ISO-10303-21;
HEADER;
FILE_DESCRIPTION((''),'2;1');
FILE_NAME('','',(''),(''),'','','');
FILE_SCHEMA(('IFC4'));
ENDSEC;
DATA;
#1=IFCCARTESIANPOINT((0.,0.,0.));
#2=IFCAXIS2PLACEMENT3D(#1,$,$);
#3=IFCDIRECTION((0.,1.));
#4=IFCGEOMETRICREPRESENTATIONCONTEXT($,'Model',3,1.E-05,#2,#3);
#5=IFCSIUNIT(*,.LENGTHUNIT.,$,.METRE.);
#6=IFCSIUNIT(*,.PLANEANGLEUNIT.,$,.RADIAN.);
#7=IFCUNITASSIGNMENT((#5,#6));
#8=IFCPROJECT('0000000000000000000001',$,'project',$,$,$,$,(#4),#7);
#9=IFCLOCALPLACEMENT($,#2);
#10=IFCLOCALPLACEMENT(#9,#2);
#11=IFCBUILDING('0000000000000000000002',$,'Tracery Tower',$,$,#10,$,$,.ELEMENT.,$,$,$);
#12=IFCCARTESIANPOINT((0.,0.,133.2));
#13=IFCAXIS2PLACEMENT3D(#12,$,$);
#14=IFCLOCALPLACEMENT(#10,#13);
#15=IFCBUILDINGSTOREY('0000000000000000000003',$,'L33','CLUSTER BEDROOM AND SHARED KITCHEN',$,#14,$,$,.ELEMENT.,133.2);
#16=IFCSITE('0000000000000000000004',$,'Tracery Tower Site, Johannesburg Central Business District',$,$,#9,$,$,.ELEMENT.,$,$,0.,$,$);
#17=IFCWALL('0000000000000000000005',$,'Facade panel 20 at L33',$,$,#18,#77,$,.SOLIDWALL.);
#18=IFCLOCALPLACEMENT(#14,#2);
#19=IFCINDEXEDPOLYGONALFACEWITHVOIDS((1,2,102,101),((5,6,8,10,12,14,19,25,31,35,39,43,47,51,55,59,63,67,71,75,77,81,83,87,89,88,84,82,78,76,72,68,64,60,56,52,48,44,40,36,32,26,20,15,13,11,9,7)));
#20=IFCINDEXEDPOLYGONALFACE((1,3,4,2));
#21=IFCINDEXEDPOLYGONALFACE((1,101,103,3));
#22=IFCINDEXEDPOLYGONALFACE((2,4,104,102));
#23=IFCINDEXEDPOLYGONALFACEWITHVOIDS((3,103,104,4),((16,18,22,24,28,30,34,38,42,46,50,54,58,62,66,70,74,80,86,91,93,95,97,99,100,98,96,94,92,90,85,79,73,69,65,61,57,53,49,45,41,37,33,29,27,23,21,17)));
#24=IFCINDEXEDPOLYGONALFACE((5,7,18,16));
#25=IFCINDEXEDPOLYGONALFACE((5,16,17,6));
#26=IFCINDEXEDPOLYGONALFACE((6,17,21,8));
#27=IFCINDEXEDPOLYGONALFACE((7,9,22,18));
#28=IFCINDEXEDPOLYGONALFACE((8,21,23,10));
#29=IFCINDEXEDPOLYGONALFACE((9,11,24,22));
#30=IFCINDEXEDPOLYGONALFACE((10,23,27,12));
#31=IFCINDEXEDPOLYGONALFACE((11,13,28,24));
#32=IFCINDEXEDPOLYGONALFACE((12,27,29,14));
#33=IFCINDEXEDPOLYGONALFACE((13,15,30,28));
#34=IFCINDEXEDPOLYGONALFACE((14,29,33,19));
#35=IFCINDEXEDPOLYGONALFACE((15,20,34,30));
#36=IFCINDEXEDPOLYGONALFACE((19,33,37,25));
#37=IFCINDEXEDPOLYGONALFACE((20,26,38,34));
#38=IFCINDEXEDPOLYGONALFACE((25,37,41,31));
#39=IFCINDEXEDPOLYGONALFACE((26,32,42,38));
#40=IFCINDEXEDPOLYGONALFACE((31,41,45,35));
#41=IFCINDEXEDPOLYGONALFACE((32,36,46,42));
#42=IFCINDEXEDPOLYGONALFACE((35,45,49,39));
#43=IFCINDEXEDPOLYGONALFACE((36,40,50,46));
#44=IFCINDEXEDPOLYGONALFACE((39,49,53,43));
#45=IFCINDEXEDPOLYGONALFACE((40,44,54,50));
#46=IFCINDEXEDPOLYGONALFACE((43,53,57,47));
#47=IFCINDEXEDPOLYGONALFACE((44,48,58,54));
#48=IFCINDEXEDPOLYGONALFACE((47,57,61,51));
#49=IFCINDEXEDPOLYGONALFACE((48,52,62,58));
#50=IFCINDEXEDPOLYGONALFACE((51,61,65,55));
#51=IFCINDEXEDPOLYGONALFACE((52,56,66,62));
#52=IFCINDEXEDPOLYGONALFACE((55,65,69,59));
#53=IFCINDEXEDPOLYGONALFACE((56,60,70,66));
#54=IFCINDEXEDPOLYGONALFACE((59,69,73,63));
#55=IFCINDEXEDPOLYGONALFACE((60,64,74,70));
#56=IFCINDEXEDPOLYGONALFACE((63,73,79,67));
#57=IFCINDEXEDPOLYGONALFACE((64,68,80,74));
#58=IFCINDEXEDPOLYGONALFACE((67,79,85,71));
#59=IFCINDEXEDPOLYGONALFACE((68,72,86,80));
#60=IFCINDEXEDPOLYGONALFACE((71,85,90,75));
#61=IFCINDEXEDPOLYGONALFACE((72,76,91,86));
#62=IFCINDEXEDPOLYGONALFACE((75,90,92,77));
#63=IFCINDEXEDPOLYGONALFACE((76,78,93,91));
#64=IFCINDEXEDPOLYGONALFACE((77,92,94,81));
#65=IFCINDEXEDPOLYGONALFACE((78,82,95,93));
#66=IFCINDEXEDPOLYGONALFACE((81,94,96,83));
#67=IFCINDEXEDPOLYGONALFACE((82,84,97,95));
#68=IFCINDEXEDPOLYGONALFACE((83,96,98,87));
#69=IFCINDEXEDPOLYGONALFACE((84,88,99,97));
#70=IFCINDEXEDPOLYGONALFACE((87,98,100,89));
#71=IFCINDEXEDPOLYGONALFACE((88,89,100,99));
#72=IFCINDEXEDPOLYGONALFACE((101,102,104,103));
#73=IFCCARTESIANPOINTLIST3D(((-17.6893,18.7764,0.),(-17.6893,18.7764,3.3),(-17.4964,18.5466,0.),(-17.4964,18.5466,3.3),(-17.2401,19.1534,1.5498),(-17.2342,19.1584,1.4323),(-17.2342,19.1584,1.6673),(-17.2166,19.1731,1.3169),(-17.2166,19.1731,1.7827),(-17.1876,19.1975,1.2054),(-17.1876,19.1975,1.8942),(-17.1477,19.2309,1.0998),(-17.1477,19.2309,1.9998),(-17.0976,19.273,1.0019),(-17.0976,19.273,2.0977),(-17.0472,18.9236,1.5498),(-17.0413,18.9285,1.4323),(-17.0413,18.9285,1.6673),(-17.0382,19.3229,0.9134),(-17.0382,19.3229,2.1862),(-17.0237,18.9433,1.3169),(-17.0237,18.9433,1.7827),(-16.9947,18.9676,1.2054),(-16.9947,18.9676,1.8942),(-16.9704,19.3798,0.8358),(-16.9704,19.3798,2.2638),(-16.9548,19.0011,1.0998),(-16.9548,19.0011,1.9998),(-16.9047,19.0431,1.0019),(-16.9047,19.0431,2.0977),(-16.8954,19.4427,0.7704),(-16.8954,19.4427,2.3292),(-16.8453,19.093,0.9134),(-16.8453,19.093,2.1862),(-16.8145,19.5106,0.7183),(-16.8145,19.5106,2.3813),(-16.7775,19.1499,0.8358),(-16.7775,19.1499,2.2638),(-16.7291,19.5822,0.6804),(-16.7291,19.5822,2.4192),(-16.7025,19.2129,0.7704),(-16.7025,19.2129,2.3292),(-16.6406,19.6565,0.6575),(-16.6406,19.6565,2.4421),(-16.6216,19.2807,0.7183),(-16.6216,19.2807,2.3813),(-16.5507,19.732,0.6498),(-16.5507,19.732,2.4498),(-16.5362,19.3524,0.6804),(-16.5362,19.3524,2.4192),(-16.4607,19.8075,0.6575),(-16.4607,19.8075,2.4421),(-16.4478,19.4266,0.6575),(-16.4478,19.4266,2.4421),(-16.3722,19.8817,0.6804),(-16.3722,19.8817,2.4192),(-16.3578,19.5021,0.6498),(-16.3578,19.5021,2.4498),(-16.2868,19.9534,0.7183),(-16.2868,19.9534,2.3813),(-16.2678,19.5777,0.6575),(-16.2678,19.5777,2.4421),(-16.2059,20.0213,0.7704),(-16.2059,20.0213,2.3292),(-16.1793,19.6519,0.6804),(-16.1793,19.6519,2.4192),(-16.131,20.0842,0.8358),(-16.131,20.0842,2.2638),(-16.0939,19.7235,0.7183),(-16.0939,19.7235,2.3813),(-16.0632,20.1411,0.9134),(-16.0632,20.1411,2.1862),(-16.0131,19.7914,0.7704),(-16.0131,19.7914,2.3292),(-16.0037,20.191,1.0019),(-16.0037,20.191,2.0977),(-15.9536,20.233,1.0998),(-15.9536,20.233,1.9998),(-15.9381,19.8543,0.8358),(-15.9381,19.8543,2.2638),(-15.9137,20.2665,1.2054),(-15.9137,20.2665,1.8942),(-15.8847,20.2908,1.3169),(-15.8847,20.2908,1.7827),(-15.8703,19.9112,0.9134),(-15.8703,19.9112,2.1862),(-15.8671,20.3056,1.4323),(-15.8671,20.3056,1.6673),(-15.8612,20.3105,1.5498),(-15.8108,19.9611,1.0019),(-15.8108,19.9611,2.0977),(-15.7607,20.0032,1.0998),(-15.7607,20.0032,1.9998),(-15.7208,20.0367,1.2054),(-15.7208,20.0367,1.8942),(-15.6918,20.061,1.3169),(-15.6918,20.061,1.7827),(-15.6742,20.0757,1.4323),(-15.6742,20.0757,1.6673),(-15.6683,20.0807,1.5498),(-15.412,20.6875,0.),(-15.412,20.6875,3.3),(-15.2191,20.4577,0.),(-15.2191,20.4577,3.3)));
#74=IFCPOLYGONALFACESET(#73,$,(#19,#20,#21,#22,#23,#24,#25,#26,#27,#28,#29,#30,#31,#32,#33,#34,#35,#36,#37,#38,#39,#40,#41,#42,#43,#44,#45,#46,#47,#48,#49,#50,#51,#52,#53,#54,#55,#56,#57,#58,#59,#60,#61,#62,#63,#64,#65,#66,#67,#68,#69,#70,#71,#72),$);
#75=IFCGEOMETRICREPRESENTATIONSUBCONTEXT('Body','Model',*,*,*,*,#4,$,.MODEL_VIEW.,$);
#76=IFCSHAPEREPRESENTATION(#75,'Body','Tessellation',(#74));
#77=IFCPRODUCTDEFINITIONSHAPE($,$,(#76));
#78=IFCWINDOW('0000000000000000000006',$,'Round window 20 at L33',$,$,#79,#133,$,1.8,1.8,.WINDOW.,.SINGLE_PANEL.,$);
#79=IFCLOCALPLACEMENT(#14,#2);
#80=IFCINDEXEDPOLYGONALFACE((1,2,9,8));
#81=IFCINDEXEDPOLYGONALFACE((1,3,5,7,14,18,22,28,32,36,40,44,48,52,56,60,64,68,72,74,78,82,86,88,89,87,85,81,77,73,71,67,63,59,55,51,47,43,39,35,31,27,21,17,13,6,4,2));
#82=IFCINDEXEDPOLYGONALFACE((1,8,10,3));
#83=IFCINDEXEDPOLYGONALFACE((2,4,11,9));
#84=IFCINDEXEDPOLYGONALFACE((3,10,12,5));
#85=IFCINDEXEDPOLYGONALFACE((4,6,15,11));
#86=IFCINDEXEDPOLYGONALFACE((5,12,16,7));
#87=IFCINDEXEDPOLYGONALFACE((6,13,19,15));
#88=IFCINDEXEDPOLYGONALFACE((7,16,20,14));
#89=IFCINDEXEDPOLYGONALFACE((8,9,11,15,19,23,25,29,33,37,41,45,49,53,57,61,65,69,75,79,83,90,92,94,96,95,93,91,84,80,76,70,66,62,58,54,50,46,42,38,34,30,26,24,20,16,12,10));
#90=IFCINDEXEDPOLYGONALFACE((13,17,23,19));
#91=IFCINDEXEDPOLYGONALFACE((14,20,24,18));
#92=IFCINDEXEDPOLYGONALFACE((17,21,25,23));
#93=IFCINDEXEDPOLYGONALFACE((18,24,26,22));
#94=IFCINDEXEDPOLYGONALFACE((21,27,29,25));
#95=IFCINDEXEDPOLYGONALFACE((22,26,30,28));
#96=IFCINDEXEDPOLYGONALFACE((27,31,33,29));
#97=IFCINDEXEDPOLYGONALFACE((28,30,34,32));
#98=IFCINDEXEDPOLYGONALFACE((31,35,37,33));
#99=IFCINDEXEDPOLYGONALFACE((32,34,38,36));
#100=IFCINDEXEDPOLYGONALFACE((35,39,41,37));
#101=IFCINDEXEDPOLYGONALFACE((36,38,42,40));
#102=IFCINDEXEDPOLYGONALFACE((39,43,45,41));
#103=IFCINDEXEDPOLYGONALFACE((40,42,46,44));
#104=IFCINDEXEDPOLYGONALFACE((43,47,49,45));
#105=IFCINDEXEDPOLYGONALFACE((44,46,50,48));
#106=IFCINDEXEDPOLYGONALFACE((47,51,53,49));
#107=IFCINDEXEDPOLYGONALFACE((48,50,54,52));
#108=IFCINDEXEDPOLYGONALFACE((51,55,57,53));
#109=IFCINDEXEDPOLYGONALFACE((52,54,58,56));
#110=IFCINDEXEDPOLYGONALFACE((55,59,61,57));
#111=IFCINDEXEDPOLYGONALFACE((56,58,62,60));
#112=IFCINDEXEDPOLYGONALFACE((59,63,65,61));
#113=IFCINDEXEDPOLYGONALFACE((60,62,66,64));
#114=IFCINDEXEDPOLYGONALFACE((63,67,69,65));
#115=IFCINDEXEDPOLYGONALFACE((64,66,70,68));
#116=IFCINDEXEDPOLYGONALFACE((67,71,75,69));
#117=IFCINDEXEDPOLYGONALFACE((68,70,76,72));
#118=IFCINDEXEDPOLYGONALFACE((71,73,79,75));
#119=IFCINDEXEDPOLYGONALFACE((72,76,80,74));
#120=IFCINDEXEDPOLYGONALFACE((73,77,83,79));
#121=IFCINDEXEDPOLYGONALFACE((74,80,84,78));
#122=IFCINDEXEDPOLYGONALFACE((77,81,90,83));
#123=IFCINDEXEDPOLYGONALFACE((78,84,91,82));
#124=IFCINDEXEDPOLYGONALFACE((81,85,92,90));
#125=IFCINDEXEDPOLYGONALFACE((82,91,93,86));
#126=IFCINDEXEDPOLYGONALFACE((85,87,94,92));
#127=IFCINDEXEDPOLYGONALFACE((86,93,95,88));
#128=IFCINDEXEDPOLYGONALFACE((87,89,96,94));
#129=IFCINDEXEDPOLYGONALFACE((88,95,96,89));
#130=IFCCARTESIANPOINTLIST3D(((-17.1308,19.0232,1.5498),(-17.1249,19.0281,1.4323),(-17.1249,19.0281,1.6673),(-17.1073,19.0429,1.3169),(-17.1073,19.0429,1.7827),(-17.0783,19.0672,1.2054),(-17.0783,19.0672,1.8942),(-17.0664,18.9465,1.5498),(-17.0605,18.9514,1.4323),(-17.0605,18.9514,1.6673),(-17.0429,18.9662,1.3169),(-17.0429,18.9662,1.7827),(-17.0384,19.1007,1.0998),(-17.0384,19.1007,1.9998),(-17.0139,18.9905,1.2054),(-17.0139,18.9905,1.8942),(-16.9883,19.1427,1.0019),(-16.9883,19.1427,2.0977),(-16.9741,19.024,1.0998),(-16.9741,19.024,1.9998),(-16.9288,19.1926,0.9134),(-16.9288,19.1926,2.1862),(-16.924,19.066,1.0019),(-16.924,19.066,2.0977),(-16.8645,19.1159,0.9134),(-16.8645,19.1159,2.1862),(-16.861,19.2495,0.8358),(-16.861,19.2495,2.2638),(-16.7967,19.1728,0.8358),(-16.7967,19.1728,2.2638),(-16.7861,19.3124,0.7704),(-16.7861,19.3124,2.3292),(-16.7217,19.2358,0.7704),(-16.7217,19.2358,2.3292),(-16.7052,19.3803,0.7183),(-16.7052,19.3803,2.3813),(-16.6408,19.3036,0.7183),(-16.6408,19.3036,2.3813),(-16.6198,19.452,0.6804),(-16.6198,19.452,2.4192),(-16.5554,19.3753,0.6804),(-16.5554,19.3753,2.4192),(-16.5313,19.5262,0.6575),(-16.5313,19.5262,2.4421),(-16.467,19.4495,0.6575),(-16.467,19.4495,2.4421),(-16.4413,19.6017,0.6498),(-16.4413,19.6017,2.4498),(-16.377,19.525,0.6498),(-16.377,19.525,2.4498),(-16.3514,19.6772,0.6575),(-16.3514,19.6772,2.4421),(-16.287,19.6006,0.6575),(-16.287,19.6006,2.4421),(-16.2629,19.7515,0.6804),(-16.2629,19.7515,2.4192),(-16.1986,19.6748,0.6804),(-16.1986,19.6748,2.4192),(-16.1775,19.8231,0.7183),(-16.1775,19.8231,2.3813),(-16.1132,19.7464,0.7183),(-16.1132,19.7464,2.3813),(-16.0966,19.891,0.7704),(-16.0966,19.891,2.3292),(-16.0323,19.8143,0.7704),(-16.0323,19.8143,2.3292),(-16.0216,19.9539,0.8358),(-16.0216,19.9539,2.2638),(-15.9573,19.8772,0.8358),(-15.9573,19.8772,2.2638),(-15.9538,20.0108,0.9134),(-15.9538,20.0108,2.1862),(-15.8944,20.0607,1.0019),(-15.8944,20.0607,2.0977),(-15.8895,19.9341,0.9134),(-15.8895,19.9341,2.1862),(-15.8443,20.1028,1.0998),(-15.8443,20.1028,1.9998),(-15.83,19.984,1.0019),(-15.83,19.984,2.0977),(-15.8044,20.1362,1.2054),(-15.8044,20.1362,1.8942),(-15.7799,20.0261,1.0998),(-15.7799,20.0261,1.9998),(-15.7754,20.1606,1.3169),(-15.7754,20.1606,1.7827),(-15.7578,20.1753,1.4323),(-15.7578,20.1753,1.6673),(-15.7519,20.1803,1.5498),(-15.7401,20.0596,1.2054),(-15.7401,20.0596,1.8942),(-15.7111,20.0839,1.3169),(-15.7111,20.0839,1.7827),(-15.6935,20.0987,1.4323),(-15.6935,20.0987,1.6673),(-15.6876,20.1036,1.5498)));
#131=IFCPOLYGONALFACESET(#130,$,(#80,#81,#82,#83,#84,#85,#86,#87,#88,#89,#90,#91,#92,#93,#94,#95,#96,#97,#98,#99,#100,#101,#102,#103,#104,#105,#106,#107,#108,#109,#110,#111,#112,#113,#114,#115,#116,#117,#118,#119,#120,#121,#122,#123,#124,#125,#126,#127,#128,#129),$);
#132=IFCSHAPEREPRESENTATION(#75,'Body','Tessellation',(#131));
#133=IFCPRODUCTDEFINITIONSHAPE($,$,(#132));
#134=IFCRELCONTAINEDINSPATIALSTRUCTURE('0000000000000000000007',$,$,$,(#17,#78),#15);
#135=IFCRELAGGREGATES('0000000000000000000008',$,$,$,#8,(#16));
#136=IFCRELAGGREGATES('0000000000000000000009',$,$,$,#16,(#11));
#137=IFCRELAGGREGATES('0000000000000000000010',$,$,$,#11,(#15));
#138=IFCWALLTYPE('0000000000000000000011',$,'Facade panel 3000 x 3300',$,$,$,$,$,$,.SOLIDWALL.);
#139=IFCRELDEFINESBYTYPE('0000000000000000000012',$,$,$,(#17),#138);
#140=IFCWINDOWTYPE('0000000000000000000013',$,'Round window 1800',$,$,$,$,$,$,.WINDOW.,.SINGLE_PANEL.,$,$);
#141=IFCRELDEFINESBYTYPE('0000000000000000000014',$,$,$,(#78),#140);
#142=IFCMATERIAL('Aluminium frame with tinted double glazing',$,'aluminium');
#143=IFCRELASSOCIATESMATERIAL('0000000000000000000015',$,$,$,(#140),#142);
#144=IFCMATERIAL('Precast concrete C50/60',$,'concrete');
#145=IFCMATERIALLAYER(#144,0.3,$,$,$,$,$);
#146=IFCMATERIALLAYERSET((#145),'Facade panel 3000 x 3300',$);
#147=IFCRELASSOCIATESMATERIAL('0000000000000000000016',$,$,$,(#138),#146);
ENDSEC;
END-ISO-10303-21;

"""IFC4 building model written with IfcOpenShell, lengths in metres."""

from ifc_helpers import new_model, si_unit, direction, frame, frame_2d, origin, origin_2d, place, context, subcontext, project, spatial, rectangle, circle, extrude, material, layer, layer_set, type_object, element, fill, save


model = new_model("IFC4")

# Units and contexts
model_context = context("Model", 3, precision=1e-05, world=origin(), true_north=direction((0.0, 1.0)))
body_context = subcontext(model_context, "Body", "Model", "MODEL_VIEW")
ifc_project = project(units=[si_unit("LENGTHUNIT", "METRE"), si_unit("PLANEANGLEUNIT", "RADIAN")], contexts=[model_context])

# Site, building, storey
site_placement = place(None, origin())
site = spatial("IfcSite", under=ifc_project, at=site_placement, Name="Tracery Tower Site, Johannesburg Central Business District", CompositionType="ELEMENT", RefElevation=0.0)
building_placement = place(site_placement, origin())
building = spatial("IfcBuilding", under=site, at=building_placement, Name="Tracery Tower", CompositionType="ELEMENT")
storey_placement = place(building_placement, frame((0.0, 0.0, 133.2)))
storey = spatial("IfcBuildingStorey", under=building, at=storey_placement, Name="L33", Description="CLUSTER BEDROOM AND SHARED KITCHEN", CompositionType="ELEMENT", Elevation=133.2)

# Wall, opening, window
ifc_material_1 = material(Name="Aluminium frame with tinted double glazing", Category="aluminium")
window_type = type_object("IfcWindowType", Name="Round window 1800", PartitioningType="SINGLE_PANEL", PredefinedType="WINDOW", material=ifc_material_1)
ifc_material_2 = material(Name="Precast concrete C50/60", Category="concrete")
ifc_layer_1 = layer(ifc_material_2, 0.3)
ifc_layer_set_1 = layer_set([ifc_layer_1], Name="Facade panel 3000 x 3300")
wall_type_1 = type_object("IfcWallType", Name="Facade panel 3000 x 3300", PredefinedType="SOLIDWALL", material=ifc_layer_set_1)
wall_1_placement = place(storey_placement, frame((-15.3157, 20.5725, 0.0), z_axis=(0.0, 0.0, 1.0), x_axis=(-0.766009, -0.64283, 0.0)))
wall_1 = element("IfcWall", 1, at=wall_1_placement, inside=storey, type_object=wall_type_1, Name="Facade panel 20 at L33", PredefinedType="SOLIDWALL", context=body_context, shape_type="SweptSolid", body=[
    extrude(rectangle(XDim=2.9729, YDim=0.3, at=frame_2d((1.4863, 0.0))), origin(), (0.0, 0.0, 1.0), 3.3),
])
opening_1_placement = place(wall_1_placement, frame((1.4863, 0.0, 1.5498)))
opening_1 = element("IfcOpeningElement", 2, at=opening_1_placement, cuts=wall_1, PredefinedType="OPENING", context=body_context, shape_type="SweptSolid", body=[
    extrude(circle(Radius=0.9, at=origin_2d()), frame((0.0, 0.1599, 0.0), z_axis=(0.0, -1.0, 0.0), x_axis=(1.0, 0.0, 0.0)), (0.0, 0.0, 1.0), 0.3201),
])
window_1_placement = place(opening_1_placement, origin())
window_1 = element("IfcWindow", 3, at=window_1_placement, inside=storey, type_object=window_type, Name="Round window 20 at L33", OverallHeight=1.8, OverallWidth=1.8, PartitioningType="SINGLE_PANEL", PredefinedType="WINDOW", context=body_context, shape_type="SweptSolid", body=[
    extrude(circle(Radius=0.9, at=origin_2d()), frame((0.0, 0.1201, 0.0), z_axis=(0.0, -1.0, 0.0), x_axis=(1.0, 0.0, 0.0)), (0.0, 0.0, 1.0), 0.1001),
])
fill(opening_1, window_1)

save(model, "model.ifc")
